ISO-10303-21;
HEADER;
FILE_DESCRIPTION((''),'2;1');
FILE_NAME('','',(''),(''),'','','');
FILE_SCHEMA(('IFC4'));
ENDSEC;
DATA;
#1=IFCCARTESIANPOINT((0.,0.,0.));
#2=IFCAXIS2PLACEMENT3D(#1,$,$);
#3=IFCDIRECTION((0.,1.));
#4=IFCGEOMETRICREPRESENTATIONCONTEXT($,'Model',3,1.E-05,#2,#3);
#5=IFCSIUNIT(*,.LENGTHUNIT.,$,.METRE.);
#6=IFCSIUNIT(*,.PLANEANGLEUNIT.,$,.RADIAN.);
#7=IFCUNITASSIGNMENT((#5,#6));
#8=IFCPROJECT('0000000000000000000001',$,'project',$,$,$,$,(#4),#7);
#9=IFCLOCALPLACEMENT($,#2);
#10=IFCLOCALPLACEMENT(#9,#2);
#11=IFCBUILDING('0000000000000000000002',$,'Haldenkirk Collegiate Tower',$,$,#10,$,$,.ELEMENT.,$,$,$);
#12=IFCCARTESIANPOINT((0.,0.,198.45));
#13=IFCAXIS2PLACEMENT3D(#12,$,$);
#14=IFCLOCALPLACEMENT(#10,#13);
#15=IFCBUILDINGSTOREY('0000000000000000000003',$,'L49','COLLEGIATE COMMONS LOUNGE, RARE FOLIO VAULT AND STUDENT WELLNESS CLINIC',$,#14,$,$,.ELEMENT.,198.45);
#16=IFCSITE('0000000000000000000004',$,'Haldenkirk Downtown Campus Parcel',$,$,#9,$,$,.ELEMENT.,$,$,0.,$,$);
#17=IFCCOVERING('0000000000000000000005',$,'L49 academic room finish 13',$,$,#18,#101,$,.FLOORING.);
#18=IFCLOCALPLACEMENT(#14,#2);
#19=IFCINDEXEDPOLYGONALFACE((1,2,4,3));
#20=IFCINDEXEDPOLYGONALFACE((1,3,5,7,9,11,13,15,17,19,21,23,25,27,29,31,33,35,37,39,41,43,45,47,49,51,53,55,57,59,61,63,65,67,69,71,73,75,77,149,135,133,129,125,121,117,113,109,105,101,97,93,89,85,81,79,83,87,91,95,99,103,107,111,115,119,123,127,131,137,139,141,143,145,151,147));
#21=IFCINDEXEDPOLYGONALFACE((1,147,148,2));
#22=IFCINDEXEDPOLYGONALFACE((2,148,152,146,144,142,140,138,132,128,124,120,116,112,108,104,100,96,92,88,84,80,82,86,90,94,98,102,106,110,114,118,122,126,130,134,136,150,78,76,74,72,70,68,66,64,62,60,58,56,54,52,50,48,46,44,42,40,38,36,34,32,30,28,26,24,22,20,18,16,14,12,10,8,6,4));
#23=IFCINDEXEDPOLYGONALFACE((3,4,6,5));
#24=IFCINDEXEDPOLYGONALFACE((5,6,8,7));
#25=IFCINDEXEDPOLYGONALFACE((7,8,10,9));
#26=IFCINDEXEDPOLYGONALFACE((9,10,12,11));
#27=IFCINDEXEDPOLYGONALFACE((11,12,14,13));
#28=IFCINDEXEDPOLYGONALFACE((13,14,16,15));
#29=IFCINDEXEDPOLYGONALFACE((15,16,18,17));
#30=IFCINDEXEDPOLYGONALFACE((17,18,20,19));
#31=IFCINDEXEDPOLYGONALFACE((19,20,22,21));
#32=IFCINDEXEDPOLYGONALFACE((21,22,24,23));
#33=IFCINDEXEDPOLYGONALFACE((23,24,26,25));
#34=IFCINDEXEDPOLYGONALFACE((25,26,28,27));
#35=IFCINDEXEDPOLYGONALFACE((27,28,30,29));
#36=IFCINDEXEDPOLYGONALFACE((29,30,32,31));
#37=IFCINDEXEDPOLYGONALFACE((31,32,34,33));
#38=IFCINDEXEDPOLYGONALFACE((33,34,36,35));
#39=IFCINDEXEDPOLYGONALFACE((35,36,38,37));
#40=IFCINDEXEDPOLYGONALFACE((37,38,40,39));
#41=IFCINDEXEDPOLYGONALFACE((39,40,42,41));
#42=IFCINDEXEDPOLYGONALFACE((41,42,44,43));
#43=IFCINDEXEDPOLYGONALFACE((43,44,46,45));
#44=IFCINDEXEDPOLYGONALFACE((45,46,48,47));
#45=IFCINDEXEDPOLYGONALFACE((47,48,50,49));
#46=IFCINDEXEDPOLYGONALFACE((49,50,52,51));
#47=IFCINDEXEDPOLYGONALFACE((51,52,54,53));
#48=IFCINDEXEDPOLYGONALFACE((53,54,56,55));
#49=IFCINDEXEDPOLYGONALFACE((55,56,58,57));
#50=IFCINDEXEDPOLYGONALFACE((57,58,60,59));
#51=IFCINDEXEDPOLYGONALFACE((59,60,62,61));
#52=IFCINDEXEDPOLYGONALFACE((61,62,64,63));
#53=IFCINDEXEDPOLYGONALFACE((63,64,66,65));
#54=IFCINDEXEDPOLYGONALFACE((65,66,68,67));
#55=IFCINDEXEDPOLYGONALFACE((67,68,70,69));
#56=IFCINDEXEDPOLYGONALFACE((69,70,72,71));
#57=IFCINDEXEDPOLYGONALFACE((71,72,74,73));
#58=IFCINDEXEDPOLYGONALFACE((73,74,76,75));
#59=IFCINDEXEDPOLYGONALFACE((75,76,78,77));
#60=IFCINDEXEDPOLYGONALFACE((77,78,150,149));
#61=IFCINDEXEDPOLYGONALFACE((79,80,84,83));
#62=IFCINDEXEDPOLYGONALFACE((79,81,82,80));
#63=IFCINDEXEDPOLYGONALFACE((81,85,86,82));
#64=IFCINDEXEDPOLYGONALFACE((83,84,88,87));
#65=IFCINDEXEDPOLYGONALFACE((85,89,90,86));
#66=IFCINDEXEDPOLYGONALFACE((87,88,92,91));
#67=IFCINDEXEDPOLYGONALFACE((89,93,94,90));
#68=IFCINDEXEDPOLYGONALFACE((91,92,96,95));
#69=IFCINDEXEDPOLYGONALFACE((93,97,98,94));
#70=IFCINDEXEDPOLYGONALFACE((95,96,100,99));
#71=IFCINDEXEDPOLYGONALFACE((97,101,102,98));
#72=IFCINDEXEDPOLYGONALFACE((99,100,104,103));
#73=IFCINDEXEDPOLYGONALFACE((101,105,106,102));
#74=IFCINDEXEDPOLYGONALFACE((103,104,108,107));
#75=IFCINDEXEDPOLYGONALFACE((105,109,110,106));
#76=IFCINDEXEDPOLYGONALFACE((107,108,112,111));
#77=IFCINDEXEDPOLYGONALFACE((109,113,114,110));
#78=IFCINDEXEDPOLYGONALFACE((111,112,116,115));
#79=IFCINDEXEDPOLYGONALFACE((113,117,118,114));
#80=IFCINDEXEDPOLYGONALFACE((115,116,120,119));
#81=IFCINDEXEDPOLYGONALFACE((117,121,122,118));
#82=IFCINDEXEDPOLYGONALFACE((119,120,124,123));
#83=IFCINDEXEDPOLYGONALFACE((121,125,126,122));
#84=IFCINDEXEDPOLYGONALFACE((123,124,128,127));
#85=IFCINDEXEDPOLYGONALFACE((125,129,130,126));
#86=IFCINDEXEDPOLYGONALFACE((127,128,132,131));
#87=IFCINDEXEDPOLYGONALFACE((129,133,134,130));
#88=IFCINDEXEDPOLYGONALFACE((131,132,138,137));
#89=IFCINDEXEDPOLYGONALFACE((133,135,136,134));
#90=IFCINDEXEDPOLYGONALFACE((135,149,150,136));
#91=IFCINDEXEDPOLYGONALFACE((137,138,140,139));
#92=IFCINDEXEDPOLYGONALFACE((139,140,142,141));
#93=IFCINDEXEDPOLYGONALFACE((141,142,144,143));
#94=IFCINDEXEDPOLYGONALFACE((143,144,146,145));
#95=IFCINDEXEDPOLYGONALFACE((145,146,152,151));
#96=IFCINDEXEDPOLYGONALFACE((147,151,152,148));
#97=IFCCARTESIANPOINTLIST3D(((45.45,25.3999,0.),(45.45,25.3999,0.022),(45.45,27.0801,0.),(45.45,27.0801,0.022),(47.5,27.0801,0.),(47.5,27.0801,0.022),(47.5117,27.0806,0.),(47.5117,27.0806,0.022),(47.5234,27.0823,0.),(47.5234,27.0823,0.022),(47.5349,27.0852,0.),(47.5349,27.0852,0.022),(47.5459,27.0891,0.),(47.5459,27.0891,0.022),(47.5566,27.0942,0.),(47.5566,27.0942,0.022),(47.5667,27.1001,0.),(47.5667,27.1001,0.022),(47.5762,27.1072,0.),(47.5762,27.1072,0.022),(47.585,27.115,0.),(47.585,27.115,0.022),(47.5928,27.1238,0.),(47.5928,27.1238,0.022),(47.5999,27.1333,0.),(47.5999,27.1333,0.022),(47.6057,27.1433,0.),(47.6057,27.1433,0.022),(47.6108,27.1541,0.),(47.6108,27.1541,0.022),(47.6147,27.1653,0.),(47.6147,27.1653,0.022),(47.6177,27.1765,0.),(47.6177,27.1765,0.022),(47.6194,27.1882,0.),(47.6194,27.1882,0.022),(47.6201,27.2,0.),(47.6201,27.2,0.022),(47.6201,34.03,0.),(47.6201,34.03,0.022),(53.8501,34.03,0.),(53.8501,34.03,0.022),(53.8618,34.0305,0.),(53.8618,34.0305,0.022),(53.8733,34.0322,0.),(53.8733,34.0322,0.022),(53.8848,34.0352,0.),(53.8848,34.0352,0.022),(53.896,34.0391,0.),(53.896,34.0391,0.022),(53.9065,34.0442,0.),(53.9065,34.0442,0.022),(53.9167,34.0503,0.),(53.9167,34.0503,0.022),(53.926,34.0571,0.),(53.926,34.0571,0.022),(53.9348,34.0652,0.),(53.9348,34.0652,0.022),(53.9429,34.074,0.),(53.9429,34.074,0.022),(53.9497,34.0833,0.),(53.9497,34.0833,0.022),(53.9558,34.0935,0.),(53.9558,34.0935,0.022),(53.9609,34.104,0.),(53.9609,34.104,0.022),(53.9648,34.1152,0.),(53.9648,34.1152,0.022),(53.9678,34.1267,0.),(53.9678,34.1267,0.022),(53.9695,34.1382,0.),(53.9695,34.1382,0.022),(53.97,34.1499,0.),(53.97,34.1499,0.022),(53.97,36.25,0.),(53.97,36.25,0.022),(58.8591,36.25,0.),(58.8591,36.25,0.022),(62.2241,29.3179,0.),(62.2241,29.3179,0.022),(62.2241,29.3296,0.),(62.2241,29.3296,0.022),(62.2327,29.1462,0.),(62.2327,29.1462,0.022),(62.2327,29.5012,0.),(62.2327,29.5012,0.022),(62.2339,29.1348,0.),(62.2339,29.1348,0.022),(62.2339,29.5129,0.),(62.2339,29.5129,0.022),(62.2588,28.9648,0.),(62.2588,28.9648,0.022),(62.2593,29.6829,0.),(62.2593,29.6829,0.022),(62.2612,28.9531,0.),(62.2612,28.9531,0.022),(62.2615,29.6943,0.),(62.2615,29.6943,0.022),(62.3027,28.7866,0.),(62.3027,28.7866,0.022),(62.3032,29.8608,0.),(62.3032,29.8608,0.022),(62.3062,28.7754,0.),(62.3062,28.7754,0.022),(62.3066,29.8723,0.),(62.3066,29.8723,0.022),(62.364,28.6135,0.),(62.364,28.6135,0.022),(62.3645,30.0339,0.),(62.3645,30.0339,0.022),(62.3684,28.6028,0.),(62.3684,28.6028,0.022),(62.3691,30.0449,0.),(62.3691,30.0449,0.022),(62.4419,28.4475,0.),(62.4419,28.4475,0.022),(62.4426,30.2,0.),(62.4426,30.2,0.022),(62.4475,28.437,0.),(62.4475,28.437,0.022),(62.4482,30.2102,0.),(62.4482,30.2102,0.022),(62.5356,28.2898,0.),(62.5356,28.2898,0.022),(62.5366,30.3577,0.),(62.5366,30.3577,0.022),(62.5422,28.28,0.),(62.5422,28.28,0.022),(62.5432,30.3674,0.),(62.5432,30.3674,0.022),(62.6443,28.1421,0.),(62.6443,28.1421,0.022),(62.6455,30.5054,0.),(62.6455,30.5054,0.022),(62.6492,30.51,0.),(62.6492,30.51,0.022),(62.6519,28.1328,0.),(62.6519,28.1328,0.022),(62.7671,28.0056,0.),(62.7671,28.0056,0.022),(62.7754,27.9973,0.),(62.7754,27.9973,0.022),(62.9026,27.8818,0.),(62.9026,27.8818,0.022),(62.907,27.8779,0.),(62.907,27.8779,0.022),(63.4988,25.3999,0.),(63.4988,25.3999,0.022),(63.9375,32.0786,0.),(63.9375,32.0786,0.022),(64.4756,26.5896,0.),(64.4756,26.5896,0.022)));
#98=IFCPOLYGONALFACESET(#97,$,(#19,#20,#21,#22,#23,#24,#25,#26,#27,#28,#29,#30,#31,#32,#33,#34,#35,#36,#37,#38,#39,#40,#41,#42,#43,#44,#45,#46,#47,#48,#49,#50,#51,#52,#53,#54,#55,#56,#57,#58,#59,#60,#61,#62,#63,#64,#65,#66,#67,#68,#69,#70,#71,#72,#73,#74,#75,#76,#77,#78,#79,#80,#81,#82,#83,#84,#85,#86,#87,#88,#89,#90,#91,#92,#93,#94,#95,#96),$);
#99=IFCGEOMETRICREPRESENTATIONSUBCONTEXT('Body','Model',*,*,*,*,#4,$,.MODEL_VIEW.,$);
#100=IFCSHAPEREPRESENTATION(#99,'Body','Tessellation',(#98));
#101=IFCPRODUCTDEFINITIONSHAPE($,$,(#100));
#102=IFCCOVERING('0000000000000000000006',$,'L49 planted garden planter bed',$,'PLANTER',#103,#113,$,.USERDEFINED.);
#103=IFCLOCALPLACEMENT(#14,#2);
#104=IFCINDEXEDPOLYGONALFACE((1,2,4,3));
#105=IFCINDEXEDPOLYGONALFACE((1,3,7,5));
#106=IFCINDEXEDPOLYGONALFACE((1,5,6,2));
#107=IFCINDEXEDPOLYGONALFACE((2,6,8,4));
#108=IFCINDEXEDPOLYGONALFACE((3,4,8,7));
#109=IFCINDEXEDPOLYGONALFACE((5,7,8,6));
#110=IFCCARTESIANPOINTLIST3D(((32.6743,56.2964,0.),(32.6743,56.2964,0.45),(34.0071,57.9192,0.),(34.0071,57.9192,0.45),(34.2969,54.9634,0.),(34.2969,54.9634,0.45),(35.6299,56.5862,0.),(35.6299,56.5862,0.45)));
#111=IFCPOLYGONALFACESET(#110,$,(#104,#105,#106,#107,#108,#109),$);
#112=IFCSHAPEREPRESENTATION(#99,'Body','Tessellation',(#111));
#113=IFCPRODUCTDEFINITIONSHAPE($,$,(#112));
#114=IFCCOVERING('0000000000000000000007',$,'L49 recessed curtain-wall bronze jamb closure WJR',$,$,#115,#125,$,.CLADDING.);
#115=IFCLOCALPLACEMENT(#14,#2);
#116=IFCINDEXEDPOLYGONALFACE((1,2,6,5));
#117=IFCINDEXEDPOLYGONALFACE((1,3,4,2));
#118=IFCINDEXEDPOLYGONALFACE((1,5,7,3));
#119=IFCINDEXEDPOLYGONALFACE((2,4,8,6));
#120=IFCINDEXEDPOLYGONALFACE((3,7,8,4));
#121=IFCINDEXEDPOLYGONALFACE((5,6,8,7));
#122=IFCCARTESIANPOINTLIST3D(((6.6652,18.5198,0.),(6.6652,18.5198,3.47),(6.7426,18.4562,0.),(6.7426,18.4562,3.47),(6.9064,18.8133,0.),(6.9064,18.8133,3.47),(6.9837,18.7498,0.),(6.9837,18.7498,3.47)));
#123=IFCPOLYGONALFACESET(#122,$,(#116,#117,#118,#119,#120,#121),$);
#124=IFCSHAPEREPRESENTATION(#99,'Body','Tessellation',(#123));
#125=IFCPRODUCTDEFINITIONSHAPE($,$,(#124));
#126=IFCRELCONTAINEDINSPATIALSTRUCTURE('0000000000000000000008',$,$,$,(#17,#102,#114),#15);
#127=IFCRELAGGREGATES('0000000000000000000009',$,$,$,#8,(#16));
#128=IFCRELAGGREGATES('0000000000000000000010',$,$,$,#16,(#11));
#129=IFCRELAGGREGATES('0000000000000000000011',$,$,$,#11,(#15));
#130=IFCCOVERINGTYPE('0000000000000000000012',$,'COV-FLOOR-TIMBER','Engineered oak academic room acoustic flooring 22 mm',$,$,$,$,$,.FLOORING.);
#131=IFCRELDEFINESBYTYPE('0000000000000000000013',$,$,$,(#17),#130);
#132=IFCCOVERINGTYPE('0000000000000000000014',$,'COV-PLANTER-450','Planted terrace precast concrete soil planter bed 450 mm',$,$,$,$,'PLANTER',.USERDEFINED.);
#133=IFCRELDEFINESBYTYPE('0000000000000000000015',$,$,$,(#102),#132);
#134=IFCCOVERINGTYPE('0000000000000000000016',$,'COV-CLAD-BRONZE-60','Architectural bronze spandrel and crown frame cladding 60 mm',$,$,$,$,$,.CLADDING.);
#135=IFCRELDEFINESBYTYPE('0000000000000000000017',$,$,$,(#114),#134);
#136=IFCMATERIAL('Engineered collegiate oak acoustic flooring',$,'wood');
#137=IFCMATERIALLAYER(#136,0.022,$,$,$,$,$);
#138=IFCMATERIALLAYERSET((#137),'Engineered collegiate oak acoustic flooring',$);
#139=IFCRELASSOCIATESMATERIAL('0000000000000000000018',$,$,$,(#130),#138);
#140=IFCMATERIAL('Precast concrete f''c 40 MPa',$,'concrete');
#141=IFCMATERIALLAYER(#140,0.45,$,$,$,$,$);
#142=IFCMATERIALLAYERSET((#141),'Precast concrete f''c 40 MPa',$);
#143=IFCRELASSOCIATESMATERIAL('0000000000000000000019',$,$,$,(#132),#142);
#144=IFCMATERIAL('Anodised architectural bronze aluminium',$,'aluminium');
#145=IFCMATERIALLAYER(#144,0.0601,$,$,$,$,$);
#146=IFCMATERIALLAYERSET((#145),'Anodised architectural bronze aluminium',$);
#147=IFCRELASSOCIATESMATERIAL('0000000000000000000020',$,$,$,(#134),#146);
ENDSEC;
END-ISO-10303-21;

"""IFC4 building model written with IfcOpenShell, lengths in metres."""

from ifc_helpers import new_model, si_unit, direction, frame, origin, origin_2d, place, context, subcontext, project, spatial, polyline, rectangle, outline, extrude, source, transform, mapped, material, layer, layer_set, type_object, element, save


model = new_model("IFC4")

# Units and contexts
model_context = context("Model", 3, precision=1e-05, world=origin(), true_north=direction((0.0, 1.0)))
body_context = subcontext(model_context, "Body", "Model", "MODEL_VIEW")
ifc_project = project(units=[si_unit("LENGTHUNIT", "METRE"), si_unit("PLANEANGLEUNIT", "RADIAN")], contexts=[model_context])

# Site, building, storey
site_placement = place(None, origin())
site = spatial("IfcSite", under=ifc_project, at=site_placement, Name="Haldenkirk Downtown Campus Parcel", CompositionType="ELEMENT", RefElevation=0.0)
building_placement = place(site_placement, origin())
building = spatial("IfcBuilding", under=site, at=building_placement, Name="Haldenkirk Collegiate Tower", CompositionType="ELEMENT")
storey_placement = place(building_placement, frame((0.0, 0.0, 198.45)))
storey = spatial("IfcBuildingStorey", under=building, at=storey_placement, Name="L49", Description="COLLEGIATE COMMONS LOUNGE, RARE FOLIO VAULT AND STUDENT WELLNESS CLINIC", CompositionType="ELEMENT", Elevation=198.45)

# Shared definitions
ifc_material_1 = material(Name="Anodised architectural bronze aluminium", Category="aluminium")

# Shared definitions
ifc_material_2 = material(Name="Precast concrete f'c 40 MPa", Category="concrete")

# Coverings
ifc_material_3 = material(Name="Engineered collegiate oak acoustic flooring", Category="wood")
ifc_layer_1 = layer(ifc_material_3, 0.022)
ifc_layer_set_1 = layer_set([ifc_layer_1], Name="Engineered collegiate oak acoustic flooring")
covering_type_1 = type_object("IfcCoveringType", Name="COV-FLOOR-TIMBER", Description="Engineered oak academic room acoustic flooring 22 mm", PredefinedType="FLOORING", material=ifc_layer_set_1)
covering_1_placement = place(storey_placement, origin())
element("IfcCovering", 1, at=covering_1_placement, inside=storey, type_object=covering_type_1, Name="L49 academic room finish 13", PredefinedType="FLOORING", context=body_context, shape_type="SweptSolid", body=[
    extrude(outline(polyline([(62.6492, 30.51), (62.6455, 30.5054), (62.5432, 30.3674), (62.5366, 30.3577), (62.4482, 30.2102), (62.4426, 30.2), (62.3691, 30.0449), (62.3645, 30.0339), (62.3066, 29.8723), (62.3032, 29.8608), (62.2615, 29.6943), (62.2593, 29.6829), (62.2339, 29.5129), (62.2327, 29.5012), (62.2241, 29.3296), (62.2241, 29.3179), (62.2327, 29.1462), (62.2339, 29.1348), (62.2588, 28.9648), (62.2612, 28.9531), (62.3027, 28.7866), (62.3062, 28.7754), (62.364, 28.6135), (62.3684, 28.6028), (62.4419, 28.4475), (62.4475, 28.437), (62.5356, 28.2898), (62.5422, 28.28), (62.6443, 28.1421), (62.6519, 28.1328), (62.7671, 28.0056), (62.7754, 27.9973), (62.9026, 27.8818), (62.907, 27.8779), (64.4756, 26.5896), (63.4988, 25.3999), (45.45, 25.3999), (45.45, 27.0801), (47.5, 27.0801), (47.5117, 27.0806), (47.5234, 27.0823), (47.5349, 27.0852), (47.5459, 27.0891), (47.5566, 27.0942), (47.5667, 27.1001), (47.5762, 27.1072), (47.585, 27.115), (47.5928, 27.1238), (47.5999, 27.1333), (47.6057, 27.1433), (47.6108, 27.1541), (47.6147, 27.1653), (47.6177, 27.1765), (47.6194, 27.1882), (47.6201, 27.2), (47.6201, 34.03), (53.8501, 34.03), (53.8618, 34.0305), (53.8733, 34.0322), (53.8848, 34.0352), (53.896, 34.0391), (53.9065, 34.0442), (53.9167, 34.0503), (53.926, 34.0571), (53.9348, 34.0652), (53.9429, 34.074), (53.9497, 34.0833), (53.9558, 34.0935), (53.9609, 34.104), (53.9648, 34.1152), (53.9678, 34.1267), (53.9695, 34.1382), (53.97, 34.1499), (53.97, 36.25), (58.8591, 36.25), (63.9375, 32.0786), (62.6492, 30.51)])), origin(), (0.0, 0.0, 1.0), 0.022),
])
ifc_layer_2 = layer(ifc_material_2, 0.45)
ifc_layer_set_2 = layer_set([ifc_layer_2], Name="Precast concrete f'c 40 MPa")
covering_type_2 = type_object("IfcCoveringType", Name="COV-PLANTER-450", Description="Planted terrace precast concrete soil planter bed 450 mm", ElementType="PLANTER", PredefinedType="USERDEFINED", material=ifc_layer_set_2)
covering_2_placement = place(storey_placement, origin())
element("IfcCovering", 2, at=covering_2_placement, inside=storey, type_object=covering_type_2, Name="L49 planted garden planter bed", ObjectType="PLANTER", PredefinedType="USERDEFINED", context=body_context, shape_type="SweptSolid", body=[
    extrude(outline(polyline([(34.2969, 54.9634), (32.6743, 56.2964), (34.0071, 57.9192), (35.6299, 56.5862), (34.2969, 54.9634)])), origin(), (0.0, 0.0, 1.0), 0.45),
])
ifc_layer_3 = layer(ifc_material_1, 0.0601)
ifc_layer_set_3 = layer_set([ifc_layer_3], Name="Anodised architectural bronze aluminium")
covering_type_3 = type_object("IfcCoveringType", Name="COV-CLAD-BRONZE-60", Description="Architectural bronze spandrel and crown frame cladding 60 mm", PredefinedType="CLADDING", material=ifc_layer_set_3)
shared_shape_1 = source(origin(), body_context, "Body", "SweptSolid", [
    extrude(rectangle(XDim=0.1001, YDim=0.3799, at=origin_2d()), origin(), (0.0, 0.0, 1.0), 3.47),
])
covering_3_placement = place(storey_placement, frame((6.8245, 18.6348, 0.0), z_axis=(0.0, 0.0, 1.0), x_axis=(-0.772734, 0.634731, 0.0)))
element("IfcCovering", 3, at=covering_3_placement, inside=storey, type_object=covering_type_3, Name="L49 recessed curtain-wall bronze jamb closure WJR", PredefinedType="CLADDING", context=body_context, shape_type="MappedRepresentation", body=[
    mapped(shared_shape_1, transform((0.0, 0.0, 0.0), x_axis=(1.0, 0.0, 0.0), y_axis=(0.0, 1.0, 0.0), z_axis=(0.0, 0.0, 1.0), scale=1.0)),
])

save(model, "model.ifc")
